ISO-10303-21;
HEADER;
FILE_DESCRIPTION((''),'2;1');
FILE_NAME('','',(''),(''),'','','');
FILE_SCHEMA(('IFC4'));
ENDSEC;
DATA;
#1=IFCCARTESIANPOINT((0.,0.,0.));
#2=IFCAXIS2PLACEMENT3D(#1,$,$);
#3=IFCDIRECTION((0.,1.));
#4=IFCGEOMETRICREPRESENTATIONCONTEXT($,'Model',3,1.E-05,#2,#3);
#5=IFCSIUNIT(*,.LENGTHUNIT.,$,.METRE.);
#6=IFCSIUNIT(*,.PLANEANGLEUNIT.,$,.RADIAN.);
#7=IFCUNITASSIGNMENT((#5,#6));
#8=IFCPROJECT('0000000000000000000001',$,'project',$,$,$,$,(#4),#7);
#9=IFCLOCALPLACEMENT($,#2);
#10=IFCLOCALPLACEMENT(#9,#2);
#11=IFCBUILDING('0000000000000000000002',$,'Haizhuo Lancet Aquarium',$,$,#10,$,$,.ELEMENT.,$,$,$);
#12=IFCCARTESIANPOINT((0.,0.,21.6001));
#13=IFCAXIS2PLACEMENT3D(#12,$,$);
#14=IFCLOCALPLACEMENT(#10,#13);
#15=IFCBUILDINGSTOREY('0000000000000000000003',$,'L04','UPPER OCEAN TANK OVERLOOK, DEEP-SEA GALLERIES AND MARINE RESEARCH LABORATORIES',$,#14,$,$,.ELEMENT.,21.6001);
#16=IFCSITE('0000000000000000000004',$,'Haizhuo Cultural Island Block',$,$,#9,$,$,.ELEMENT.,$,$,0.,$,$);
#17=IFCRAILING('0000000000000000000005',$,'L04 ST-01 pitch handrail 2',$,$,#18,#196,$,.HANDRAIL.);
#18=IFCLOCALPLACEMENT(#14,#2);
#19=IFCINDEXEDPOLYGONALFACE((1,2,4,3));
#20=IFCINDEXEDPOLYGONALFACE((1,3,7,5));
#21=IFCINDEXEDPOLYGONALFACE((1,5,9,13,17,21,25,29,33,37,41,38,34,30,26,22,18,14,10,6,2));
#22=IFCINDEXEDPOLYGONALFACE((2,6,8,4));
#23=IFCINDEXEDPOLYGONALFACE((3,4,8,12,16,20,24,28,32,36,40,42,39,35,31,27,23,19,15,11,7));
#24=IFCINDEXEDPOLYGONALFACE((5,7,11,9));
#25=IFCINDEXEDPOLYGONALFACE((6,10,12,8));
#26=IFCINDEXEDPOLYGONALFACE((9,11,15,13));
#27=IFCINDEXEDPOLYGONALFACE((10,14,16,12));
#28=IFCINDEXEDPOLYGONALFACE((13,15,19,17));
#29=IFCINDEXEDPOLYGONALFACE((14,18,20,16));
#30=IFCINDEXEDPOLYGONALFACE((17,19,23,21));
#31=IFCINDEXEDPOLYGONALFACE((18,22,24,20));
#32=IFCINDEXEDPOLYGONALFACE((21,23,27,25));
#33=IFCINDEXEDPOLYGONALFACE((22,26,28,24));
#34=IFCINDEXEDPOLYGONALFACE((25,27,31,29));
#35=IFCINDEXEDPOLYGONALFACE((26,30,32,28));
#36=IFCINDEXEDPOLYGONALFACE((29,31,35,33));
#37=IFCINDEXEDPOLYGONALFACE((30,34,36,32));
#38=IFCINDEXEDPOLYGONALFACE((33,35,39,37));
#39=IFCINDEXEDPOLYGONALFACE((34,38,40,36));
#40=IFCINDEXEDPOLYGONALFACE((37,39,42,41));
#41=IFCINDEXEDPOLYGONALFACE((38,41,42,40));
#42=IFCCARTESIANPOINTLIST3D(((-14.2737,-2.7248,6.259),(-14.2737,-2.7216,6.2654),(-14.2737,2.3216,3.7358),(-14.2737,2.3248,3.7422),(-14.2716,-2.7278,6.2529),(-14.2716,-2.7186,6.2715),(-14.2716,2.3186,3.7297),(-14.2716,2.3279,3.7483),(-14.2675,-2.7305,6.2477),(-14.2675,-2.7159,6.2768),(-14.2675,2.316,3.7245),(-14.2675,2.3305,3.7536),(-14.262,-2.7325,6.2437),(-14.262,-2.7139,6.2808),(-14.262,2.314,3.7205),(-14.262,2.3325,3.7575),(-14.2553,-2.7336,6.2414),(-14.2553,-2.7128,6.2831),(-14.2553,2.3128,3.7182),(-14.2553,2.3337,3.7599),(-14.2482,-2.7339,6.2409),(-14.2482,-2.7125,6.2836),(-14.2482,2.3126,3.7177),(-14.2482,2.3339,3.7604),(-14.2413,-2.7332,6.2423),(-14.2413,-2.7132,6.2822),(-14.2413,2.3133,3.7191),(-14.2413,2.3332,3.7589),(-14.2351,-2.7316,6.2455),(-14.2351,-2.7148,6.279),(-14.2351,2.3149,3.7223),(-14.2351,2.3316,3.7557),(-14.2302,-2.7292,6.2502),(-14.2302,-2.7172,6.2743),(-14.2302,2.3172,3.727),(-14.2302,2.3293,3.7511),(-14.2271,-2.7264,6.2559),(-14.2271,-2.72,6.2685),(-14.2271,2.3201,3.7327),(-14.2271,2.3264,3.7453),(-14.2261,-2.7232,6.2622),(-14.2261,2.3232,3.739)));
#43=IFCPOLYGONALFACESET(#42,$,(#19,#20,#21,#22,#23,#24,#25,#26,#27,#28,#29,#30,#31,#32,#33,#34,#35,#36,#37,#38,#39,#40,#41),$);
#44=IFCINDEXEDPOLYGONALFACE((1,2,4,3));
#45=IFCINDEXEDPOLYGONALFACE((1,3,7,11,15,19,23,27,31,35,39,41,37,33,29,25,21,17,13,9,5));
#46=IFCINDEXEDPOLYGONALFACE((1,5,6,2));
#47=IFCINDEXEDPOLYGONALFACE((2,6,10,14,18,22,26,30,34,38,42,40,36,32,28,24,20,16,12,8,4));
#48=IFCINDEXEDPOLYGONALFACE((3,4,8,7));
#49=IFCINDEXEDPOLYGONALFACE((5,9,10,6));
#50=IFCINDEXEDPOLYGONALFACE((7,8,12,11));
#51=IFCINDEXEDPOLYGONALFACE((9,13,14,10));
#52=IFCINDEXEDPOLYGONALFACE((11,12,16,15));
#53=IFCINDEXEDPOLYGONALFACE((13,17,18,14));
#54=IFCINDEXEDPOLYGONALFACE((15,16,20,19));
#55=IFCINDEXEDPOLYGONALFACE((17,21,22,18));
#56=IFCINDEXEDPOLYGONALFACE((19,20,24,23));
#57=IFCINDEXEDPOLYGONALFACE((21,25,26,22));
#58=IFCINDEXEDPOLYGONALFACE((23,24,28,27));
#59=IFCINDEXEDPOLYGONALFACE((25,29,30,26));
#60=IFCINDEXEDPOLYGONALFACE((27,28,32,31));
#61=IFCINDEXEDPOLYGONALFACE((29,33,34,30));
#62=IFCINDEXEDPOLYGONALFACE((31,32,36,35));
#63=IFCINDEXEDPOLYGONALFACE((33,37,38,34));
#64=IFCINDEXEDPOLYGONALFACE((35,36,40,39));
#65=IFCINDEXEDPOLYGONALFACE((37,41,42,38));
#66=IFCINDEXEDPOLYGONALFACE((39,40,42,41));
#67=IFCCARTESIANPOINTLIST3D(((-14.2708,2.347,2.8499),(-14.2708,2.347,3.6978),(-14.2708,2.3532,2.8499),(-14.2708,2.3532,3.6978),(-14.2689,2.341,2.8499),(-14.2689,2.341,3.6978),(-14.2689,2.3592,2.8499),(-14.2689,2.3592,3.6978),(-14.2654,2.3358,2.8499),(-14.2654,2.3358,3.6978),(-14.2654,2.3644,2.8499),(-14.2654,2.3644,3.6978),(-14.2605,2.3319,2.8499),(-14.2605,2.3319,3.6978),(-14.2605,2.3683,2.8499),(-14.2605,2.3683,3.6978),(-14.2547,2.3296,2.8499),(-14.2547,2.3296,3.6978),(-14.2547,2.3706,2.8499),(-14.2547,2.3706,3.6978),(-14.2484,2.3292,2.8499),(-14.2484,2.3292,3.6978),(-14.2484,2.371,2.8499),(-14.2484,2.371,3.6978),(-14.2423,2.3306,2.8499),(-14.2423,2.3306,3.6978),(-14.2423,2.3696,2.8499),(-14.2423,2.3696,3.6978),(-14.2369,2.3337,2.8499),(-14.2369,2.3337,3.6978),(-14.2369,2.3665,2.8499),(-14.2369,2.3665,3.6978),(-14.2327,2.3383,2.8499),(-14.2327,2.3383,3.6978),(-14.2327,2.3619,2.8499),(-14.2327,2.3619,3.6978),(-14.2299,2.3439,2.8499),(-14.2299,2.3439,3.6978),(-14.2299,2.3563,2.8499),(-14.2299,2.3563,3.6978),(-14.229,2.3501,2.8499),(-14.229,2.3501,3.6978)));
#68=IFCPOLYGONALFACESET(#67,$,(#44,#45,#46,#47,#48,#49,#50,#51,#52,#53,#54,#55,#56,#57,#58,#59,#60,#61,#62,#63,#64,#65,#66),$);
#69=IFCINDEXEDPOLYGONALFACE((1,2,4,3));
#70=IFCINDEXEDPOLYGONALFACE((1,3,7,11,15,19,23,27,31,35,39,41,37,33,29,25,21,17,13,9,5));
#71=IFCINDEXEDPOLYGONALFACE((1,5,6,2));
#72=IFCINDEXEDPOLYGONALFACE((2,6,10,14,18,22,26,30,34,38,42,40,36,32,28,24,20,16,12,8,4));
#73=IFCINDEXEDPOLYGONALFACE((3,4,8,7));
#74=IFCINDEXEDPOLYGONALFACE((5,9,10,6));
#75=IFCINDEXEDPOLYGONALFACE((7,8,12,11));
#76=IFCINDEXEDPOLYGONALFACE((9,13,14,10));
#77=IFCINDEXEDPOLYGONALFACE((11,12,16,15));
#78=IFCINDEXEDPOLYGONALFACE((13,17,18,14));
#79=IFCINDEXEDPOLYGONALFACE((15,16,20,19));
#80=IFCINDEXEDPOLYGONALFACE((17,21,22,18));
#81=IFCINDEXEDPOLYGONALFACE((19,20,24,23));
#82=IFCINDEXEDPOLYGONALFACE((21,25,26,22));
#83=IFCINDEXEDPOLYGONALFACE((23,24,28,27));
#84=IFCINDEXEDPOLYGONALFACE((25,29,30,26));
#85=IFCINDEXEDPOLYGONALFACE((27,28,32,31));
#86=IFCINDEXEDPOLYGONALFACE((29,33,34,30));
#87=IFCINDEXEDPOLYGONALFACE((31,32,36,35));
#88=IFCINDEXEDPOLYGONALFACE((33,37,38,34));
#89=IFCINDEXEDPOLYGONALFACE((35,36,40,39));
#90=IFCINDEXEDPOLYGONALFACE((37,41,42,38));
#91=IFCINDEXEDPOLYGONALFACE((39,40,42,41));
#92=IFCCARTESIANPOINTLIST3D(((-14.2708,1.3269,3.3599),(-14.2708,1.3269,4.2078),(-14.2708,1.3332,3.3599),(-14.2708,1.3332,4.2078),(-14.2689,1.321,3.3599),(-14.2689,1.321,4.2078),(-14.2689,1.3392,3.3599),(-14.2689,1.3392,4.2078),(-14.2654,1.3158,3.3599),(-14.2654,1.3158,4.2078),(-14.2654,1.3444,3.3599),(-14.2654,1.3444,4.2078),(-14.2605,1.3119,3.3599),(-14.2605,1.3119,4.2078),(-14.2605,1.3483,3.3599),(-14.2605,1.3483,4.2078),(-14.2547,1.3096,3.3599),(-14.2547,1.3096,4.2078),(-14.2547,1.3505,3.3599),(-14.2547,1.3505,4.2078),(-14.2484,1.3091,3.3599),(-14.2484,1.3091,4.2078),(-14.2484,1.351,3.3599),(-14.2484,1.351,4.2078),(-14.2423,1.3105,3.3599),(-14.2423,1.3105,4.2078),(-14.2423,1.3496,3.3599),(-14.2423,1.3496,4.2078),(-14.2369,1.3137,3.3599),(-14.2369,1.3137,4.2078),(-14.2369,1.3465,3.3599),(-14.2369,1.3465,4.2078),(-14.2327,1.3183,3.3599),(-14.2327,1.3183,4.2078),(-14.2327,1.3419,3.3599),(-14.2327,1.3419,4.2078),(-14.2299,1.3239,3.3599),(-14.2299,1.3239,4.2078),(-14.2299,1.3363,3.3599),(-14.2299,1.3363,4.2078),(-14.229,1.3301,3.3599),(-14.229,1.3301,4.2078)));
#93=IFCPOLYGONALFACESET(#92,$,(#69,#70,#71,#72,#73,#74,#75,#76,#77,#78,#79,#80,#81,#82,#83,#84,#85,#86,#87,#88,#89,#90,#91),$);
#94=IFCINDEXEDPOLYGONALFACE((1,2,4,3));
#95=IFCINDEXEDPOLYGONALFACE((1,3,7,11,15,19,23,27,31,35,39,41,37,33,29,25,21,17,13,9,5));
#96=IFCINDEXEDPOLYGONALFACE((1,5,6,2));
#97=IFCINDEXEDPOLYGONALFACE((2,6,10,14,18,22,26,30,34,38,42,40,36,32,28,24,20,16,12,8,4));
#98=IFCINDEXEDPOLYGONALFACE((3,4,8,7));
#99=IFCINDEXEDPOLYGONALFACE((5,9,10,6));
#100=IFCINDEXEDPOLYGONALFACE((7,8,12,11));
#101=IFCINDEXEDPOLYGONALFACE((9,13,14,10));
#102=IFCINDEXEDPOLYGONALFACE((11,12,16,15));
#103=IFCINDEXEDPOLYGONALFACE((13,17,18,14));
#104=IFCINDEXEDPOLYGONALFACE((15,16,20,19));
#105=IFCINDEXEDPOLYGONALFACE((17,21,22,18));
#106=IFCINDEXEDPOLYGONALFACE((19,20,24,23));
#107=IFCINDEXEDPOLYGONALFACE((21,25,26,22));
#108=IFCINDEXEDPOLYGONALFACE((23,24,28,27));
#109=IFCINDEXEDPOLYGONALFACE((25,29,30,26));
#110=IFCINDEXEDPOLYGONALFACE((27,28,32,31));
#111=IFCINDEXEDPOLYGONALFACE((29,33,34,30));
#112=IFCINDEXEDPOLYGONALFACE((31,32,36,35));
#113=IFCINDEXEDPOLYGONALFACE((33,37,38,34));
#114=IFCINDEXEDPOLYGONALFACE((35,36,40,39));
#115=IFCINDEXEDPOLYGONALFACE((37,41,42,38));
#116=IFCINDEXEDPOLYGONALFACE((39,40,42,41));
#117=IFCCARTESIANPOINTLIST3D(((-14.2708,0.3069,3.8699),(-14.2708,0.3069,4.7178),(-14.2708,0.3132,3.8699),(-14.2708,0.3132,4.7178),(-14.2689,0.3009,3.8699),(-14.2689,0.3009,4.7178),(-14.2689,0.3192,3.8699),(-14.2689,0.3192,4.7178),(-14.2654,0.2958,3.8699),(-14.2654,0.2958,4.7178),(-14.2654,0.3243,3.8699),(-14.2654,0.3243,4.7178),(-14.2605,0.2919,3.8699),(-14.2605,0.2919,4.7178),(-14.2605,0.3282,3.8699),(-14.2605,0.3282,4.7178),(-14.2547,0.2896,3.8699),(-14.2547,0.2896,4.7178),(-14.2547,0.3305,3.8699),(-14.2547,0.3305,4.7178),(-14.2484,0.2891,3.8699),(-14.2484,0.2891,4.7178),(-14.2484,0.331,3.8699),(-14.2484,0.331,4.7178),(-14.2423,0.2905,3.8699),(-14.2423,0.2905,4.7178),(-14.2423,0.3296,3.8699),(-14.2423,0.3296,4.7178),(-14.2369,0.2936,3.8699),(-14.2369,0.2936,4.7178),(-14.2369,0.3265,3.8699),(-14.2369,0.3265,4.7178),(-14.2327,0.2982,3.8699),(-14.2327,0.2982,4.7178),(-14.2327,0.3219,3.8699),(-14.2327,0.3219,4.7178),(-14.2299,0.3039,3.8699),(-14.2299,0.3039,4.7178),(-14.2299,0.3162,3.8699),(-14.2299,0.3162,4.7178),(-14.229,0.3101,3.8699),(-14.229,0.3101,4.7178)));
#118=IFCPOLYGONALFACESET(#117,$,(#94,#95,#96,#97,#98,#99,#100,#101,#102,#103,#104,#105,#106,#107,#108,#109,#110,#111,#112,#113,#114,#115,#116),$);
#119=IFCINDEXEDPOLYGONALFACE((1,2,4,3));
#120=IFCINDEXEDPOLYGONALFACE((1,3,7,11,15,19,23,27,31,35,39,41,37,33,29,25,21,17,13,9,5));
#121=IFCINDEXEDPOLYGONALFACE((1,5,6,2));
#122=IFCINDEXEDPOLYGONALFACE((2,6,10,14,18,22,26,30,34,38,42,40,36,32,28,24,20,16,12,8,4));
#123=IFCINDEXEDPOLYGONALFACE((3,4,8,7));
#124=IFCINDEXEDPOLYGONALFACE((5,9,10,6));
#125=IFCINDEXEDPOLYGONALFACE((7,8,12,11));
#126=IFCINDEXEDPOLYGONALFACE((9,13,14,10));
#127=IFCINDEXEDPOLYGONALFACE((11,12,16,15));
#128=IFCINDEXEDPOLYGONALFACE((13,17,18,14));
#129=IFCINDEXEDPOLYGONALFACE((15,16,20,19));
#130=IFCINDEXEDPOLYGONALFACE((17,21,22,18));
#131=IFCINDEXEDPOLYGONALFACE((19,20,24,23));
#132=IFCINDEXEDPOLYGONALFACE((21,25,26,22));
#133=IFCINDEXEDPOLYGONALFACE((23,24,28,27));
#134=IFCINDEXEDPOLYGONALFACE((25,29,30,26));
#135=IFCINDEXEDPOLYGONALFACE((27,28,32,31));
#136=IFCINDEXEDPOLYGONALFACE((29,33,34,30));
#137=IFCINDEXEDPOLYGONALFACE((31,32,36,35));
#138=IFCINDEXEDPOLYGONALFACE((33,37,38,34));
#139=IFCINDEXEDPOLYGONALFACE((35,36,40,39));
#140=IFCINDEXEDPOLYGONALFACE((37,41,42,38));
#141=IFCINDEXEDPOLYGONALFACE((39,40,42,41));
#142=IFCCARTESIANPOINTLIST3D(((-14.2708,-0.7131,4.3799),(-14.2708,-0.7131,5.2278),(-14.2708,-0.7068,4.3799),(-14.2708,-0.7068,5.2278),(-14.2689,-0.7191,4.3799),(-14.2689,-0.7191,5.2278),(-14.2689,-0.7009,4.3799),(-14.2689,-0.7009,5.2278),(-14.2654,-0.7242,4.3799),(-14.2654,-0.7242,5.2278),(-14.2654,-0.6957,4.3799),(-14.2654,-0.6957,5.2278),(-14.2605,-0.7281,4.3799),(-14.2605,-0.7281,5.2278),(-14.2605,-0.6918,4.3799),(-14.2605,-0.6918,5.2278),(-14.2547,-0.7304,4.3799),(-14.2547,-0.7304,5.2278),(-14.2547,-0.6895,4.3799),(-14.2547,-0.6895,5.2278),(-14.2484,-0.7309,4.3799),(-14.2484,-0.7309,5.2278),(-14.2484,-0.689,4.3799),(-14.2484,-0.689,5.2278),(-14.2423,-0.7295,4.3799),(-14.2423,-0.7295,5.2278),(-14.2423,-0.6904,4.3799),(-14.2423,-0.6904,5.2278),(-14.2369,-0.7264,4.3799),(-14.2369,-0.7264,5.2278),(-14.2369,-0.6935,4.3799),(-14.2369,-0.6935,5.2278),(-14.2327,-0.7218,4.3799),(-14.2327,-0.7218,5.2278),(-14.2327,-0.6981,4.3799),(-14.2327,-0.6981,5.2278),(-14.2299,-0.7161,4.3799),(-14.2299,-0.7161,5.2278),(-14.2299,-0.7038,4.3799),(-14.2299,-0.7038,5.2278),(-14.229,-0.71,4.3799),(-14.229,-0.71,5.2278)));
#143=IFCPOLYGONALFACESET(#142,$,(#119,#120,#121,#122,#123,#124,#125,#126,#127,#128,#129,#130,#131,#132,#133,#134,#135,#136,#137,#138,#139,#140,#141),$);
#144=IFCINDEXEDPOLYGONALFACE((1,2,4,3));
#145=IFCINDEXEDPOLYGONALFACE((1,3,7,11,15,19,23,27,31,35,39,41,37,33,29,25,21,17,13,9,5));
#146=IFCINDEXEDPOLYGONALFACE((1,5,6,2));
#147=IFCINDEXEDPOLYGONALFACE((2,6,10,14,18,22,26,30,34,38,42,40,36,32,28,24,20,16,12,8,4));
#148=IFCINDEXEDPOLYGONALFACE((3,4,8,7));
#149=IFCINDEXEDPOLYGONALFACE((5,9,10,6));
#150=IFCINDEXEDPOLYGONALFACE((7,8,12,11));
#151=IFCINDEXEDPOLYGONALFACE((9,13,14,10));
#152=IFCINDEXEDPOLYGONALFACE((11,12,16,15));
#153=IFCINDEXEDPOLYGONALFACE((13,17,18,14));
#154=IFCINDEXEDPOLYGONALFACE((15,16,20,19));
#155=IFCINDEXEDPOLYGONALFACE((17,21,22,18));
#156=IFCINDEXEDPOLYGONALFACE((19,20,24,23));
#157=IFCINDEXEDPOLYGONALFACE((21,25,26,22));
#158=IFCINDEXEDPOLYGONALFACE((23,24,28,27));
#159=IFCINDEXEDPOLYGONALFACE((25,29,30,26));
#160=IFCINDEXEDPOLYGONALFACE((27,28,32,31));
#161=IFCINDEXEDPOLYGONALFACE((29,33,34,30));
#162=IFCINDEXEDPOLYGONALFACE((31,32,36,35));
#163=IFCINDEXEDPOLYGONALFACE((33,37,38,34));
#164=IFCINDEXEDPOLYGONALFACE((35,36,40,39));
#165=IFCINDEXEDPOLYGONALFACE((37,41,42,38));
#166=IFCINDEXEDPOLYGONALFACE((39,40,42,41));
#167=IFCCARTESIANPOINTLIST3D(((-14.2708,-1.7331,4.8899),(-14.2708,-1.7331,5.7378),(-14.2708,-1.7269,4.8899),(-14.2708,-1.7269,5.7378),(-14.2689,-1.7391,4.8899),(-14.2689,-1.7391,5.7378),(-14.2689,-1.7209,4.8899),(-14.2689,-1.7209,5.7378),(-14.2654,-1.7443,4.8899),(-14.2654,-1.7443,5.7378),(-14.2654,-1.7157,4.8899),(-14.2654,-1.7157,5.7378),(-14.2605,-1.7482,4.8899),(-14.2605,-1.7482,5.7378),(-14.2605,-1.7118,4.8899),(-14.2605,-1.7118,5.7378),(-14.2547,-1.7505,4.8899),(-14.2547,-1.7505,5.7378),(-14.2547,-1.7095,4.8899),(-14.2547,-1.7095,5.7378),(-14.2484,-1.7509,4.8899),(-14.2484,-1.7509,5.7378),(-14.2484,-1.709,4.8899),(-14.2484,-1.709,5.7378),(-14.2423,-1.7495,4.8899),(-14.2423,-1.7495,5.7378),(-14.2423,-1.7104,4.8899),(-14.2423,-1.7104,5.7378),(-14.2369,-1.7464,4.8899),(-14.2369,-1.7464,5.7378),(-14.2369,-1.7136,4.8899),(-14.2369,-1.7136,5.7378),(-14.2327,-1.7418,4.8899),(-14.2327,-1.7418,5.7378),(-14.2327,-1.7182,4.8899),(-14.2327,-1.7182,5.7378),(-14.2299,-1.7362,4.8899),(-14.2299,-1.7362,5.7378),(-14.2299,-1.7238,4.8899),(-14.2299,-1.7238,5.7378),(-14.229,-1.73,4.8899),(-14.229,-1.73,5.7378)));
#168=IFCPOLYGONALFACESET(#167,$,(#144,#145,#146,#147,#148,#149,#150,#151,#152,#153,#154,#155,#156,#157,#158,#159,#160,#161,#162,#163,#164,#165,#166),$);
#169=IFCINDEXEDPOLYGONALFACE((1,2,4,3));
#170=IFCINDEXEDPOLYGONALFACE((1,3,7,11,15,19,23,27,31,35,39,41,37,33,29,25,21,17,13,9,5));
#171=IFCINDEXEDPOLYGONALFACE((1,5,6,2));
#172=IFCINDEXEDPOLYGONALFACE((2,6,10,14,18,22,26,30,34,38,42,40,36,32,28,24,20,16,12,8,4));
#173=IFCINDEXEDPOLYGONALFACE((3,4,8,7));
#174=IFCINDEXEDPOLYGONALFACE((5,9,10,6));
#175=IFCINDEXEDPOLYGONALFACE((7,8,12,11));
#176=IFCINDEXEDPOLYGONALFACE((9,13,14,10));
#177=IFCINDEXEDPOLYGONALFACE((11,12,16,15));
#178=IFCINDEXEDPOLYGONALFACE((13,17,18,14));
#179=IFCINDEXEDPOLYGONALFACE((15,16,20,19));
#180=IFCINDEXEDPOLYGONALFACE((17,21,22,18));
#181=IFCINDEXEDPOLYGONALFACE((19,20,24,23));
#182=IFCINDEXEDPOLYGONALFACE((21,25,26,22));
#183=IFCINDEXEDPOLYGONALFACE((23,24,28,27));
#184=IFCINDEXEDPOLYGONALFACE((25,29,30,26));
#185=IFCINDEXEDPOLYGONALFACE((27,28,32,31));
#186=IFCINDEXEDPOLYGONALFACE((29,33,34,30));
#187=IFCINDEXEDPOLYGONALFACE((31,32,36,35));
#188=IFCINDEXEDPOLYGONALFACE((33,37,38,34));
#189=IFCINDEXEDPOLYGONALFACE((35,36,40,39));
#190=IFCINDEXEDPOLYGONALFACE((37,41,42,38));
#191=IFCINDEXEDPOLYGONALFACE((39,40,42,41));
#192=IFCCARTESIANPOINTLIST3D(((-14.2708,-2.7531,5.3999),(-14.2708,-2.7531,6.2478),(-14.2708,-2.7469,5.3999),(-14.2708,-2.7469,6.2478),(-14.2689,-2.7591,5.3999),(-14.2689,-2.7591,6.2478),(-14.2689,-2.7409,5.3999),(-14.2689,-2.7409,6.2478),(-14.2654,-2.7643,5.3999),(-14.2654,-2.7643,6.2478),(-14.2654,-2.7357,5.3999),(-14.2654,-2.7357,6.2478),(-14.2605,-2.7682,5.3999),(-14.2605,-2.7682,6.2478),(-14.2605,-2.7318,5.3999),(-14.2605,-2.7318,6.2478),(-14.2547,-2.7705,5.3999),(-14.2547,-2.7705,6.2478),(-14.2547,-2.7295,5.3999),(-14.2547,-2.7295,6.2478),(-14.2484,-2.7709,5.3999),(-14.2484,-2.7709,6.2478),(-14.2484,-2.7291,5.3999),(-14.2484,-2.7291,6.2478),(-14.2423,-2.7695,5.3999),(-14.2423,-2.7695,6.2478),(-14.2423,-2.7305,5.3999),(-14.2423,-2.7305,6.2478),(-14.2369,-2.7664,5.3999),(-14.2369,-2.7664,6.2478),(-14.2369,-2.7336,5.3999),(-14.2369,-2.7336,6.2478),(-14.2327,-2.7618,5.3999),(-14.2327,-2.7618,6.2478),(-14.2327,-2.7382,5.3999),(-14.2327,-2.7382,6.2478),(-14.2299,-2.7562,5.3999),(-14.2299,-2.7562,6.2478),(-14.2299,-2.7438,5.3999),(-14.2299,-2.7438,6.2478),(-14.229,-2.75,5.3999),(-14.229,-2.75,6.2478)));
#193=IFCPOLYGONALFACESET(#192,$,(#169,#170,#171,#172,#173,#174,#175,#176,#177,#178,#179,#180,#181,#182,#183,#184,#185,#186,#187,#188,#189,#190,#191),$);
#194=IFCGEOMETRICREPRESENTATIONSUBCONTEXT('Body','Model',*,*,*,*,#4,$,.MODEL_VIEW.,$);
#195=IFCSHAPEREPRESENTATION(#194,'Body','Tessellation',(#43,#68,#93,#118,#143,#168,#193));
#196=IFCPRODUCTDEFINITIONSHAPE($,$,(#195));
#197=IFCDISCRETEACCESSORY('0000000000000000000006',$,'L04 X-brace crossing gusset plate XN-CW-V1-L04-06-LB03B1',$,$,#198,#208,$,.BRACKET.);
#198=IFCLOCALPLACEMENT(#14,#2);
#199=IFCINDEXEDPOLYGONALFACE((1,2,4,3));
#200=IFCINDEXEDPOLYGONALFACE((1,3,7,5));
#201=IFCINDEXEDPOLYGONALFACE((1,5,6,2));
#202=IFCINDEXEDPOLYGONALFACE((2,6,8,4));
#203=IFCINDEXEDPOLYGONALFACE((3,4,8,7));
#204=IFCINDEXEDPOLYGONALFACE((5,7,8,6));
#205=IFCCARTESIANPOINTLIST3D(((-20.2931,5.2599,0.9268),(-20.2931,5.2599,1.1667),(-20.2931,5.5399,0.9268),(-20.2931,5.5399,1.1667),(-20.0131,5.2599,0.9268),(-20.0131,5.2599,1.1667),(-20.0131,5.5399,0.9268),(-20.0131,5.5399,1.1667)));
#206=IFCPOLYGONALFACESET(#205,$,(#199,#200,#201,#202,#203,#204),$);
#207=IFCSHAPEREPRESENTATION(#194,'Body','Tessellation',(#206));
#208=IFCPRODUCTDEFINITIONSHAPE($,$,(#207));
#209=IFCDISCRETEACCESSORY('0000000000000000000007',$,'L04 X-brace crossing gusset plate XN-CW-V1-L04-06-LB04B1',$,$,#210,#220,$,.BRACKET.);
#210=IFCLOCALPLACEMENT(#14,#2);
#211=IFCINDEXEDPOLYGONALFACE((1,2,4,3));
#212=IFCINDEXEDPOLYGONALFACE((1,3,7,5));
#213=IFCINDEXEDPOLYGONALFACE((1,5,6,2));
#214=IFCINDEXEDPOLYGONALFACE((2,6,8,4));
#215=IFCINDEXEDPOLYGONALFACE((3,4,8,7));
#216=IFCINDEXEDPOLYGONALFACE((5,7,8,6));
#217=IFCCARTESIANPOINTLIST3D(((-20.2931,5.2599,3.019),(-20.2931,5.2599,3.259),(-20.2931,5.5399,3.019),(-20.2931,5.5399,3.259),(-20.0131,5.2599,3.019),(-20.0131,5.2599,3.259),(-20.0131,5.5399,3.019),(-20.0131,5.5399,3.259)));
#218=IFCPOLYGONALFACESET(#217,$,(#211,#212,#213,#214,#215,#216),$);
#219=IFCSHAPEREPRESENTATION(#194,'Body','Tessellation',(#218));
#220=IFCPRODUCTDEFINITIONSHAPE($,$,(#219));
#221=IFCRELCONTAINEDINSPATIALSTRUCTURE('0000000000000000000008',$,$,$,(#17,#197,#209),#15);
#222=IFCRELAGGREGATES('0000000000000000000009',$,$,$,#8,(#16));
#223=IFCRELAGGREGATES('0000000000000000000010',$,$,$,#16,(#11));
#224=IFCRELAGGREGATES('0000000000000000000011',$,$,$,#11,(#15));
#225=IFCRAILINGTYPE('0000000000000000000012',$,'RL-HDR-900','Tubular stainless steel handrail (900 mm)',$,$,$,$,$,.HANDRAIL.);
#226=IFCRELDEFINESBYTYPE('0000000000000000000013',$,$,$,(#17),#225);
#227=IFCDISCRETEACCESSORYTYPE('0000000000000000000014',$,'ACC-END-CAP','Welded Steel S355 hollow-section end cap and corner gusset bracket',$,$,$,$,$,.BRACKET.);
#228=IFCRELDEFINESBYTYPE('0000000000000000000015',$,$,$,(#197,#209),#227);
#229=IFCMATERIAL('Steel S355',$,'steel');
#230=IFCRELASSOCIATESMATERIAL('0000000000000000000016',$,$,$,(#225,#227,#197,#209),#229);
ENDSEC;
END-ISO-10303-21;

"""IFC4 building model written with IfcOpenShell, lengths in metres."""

from ifc_helpers import new_model, si_unit, direction, frame, origin, origin_2d, place, context, subcontext, project, spatial, rectangle, circle, extrude, material, type_object, element, save


model = new_model("IFC4")

# Units and contexts
model_context = context("Model", 3, precision=1e-05, world=origin(), true_north=direction((0.0, 1.0)))
body_context = subcontext(model_context, "Body", "Model", "MODEL_VIEW")
ifc_project = project(units=[si_unit("LENGTHUNIT", "METRE"), si_unit("PLANEANGLEUNIT", "RADIAN")], contexts=[model_context])

# Site, building, storey
site_placement = place(None, origin())
site = spatial("IfcSite", under=ifc_project, at=site_placement, Name="Haizhuo Cultural Island Block", CompositionType="ELEMENT", RefElevation=0.0)
building_placement = place(site_placement, origin())
building = spatial("IfcBuilding", under=site, at=building_placement, Name="Haizhuo Lancet Aquarium", CompositionType="ELEMENT")
storey_placement = place(building_placement, frame((0.0, 0.0, 21.6001)))
storey = spatial("IfcBuildingStorey", under=building, at=storey_placement, Name="L04", Description="UPPER OCEAN TANK OVERLOOK, DEEP-SEA GALLERIES AND MARINE RESEARCH LABORATORIES", CompositionType="ELEMENT", Elevation=21.6001)

# Shared definitions
ifc_material_1 = material(Name="Steel S355", Category="steel")

# Railing
railing_type = type_object("IfcRailingType", Name="RL-HDR-900", Description="Tubular stainless steel handrail (900 mm)", PredefinedType="HANDRAIL", material=ifc_material_1)
railing_placement = place(storey_placement, frame((-14.25, 2.3501, 2.8499)))
element("IfcRailing", 1, at=railing_placement, inside=storey, type_object=railing_type, Name="L04 ST-01 pitch handrail 2", PredefinedType="HANDRAIL", context=body_context, shape_type="SweptSolid", body=[
    extrude(circle(Radius=0.0239, at=origin_2d()), frame((0.0, -0.0269, 0.8892), z_axis=(0.0, -0.894427, 0.447214), x_axis=(1.0, 0.0, 0.0)), (0.0, 0.0, 1.0), 5.6421),
    extrude(circle(Radius=0.021, at=origin_2d()), origin(), (0.0, 0.0, 1.0), 0.8479),
    extrude(circle(Radius=0.021, at=origin_2d()), frame((0.0, -1.02, 0.51)), (0.0, 0.0, 1.0), 0.8479),
    extrude(circle(Radius=0.021, at=origin_2d()), frame((0.0, -2.04, 1.02)), (0.0, 0.0, 1.0), 0.8479),
    extrude(circle(Radius=0.021, at=origin_2d()), frame((0.0, -3.0601, 1.53)), (0.0, 0.0, 1.0), 0.8479),
    extrude(circle(Radius=0.021, at=origin_2d()), frame((0.0, -4.0801, 2.04)), (0.0, 0.0, 1.0), 0.8479),
    extrude(circle(Radius=0.021, at=origin_2d()), frame((0.0, -5.1001, 2.55)), (0.0, 0.0, 1.0), 0.8479),
])

# Discrete accessories
discrete_accessory_type = type_object("IfcDiscreteAccessoryType", Name="ACC-END-CAP", Description="Welded Steel S355 hollow-section end cap and corner gusset bracket", PredefinedType="BRACKET", material=ifc_material_1)
for number, where, z_axis, x_axis, name in (
    (2, (-20.1531, 5.3999, 0.9268), (0.0, 0.0, 1.0), (1.0, 0.0, 0.0), "L04 X-brace crossing gusset plate XN-CW-V1-L04-06-LB03B1"),
    (3, (-20.1531, 5.3999, 3.019), (0.0, 0.0, 1.0), (1.0, 0.0, 0.0), "L04 X-brace crossing gusset plate XN-CW-V1-L04-06-LB04B1"),
):
    element("IfcDiscreteAccessory", number, at=place(storey_placement, frame(where, z_axis=z_axis, x_axis=x_axis)), inside=storey, type_object=discrete_accessory_type, material=ifc_material_1, Name=name, PredefinedType="BRACKET", context=body_context, shape_type="SweptSolid", body=[
        extrude(rectangle(XDim=0.28, YDim=0.28, at=origin_2d()), origin(), (0.0, 0.0, 1.0), 0.24),
    ])

save(model, "model.ifc")
